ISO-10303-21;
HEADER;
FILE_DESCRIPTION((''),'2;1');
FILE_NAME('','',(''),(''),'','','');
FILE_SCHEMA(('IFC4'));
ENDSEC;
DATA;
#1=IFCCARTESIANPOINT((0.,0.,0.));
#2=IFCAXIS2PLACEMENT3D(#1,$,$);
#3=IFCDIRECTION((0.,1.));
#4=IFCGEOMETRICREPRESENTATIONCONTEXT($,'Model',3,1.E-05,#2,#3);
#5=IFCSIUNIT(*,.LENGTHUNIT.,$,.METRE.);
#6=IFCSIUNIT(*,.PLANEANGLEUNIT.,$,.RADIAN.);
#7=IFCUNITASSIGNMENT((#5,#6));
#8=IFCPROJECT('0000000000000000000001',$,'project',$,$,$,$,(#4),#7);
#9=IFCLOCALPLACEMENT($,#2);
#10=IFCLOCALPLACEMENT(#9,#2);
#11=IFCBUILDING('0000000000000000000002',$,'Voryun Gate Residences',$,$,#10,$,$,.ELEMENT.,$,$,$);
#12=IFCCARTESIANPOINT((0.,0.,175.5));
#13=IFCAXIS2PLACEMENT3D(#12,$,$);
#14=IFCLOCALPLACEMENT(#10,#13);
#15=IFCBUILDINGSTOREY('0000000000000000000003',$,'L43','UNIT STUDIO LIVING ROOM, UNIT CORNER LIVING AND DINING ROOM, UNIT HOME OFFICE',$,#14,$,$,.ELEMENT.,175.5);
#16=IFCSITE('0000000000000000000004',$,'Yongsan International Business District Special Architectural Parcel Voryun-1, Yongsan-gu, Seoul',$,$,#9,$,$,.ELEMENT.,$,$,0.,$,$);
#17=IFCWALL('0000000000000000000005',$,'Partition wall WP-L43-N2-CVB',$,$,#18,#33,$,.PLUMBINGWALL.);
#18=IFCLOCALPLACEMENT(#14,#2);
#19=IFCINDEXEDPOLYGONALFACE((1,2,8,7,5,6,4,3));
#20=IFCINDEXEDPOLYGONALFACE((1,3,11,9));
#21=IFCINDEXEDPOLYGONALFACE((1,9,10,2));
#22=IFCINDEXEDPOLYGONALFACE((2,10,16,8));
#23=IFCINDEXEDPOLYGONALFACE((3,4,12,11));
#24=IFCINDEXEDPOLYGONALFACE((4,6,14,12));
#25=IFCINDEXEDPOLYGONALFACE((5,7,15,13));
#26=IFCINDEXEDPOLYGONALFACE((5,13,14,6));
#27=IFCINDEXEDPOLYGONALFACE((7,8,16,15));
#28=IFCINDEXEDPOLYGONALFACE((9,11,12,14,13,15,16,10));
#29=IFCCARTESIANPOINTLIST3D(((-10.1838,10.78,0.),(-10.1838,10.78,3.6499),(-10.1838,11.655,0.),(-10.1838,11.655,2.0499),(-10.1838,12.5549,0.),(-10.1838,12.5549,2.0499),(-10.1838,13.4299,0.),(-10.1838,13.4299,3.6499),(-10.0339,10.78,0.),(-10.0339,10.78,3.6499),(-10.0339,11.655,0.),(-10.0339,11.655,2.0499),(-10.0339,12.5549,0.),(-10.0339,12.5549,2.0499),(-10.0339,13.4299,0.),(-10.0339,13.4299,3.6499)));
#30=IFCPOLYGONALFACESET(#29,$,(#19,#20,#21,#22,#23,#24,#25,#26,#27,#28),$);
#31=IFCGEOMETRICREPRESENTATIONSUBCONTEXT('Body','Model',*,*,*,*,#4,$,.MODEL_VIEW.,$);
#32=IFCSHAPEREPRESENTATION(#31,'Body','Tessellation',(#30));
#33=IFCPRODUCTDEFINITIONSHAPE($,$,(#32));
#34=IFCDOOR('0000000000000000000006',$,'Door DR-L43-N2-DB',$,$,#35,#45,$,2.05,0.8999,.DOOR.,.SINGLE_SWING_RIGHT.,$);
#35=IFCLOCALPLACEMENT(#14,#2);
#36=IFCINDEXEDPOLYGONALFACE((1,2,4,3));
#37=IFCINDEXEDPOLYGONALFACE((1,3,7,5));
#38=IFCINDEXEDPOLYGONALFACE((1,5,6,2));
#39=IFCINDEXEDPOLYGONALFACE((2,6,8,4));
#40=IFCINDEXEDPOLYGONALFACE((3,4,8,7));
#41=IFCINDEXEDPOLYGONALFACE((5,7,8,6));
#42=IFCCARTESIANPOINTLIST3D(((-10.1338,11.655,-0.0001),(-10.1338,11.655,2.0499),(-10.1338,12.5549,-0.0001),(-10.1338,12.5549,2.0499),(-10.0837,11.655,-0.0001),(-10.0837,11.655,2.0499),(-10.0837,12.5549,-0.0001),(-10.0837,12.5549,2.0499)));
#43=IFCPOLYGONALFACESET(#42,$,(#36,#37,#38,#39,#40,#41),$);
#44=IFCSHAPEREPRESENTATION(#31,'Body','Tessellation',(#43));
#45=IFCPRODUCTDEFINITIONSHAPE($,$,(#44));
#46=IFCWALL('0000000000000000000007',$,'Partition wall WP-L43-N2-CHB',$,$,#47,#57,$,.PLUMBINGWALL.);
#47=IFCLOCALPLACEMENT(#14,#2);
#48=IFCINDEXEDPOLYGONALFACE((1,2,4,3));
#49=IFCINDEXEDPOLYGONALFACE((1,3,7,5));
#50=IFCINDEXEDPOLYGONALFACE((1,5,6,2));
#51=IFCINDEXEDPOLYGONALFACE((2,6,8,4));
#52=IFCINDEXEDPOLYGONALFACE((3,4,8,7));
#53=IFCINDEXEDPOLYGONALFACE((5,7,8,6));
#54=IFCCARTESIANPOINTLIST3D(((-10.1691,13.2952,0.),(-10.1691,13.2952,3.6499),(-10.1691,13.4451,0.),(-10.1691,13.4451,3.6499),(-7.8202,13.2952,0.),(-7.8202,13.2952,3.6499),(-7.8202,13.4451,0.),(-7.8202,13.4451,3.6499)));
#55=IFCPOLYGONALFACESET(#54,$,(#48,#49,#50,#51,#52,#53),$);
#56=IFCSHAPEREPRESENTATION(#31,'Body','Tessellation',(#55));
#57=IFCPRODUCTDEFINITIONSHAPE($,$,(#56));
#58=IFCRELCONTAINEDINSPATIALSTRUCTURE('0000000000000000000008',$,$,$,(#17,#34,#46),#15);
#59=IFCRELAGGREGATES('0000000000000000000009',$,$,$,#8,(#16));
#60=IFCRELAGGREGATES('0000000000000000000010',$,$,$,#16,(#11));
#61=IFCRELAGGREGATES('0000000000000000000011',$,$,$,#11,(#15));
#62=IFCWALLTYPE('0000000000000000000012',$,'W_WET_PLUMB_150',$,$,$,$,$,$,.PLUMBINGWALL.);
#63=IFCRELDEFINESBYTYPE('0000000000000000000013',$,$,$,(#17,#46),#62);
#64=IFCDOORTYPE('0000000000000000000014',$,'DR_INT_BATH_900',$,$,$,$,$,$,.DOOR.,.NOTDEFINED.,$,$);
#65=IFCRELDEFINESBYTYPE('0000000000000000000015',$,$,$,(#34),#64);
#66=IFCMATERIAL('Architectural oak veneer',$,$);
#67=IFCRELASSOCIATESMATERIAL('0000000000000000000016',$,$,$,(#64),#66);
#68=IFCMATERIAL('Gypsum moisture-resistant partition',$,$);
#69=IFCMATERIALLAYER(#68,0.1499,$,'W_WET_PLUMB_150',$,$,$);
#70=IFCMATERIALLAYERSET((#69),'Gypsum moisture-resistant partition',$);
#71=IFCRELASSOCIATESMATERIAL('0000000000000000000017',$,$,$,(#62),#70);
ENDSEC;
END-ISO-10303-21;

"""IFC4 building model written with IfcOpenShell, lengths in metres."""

from ifc_helpers import new_model, si_unit, direction, frame, frame_2d, origin, place, context, subcontext, project, spatial, rectangle, extrude, material, layer, layer_set, type_object, element, fill, save


model = new_model("IFC4")

# Units and contexts
model_context = context("Model", 3, precision=1e-05, world=origin(), true_north=direction((0.0, 1.0)))
body_context = subcontext(model_context, "Body", "Model", "MODEL_VIEW")
ifc_project = project(units=[si_unit("LENGTHUNIT", "METRE"), si_unit("PLANEANGLEUNIT", "RADIAN")], contexts=[model_context])

# Site, building, storey
site_placement = place(None, origin())
site = spatial("IfcSite", under=ifc_project, at=site_placement, Name="Yongsan International Business District Special Architectural Parcel Voryun-1, Yongsan-gu, Seoul", CompositionType="ELEMENT", RefElevation=0.0)
building_placement = place(site_placement, origin())
building = spatial("IfcBuilding", under=site, at=building_placement, Name="Voryun Gate Residences", CompositionType="ELEMENT")
storey_placement = place(building_placement, frame((0.0, 0.0, 175.5)))
storey = spatial("IfcBuildingStorey", under=building, at=storey_placement, Name="L43", Description="UNIT STUDIO LIVING ROOM, UNIT CORNER LIVING AND DINING ROOM, UNIT HOME OFFICE", CompositionType="ELEMENT", Elevation=175.5)

# Shared definitions
ifc_material_1 = material(Name="Architectural oak veneer")
door_type = type_object("IfcDoorType", Name="DR_INT_BATH_900", OperationType="NOTDEFINED", PredefinedType="DOOR", material=ifc_material_1)

# Wall, opening, door
ifc_material_2 = material(Name="Gypsum moisture-resistant partition")
ifc_layer_1 = layer(ifc_material_2, 0.1499, Name="W_WET_PLUMB_150")
ifc_layer_set_1 = layer_set([ifc_layer_1], Name="Gypsum moisture-resistant partition")
wall_type_1 = type_object("IfcWallType", Name="W_WET_PLUMB_150", PredefinedType="PLUMBINGWALL", material=ifc_layer_set_1)
wall_1_placement = place(storey_placement, frame((-10.1089, 10.78, 0.0), z_axis=(0.0, 0.0, 1.0), x_axis=(0.0, 1.0, 0.0)))
wall_1 = element("IfcWall", 1, at=wall_1_placement, inside=storey, type_object=wall_type_1, Name="Partition wall WP-L43-N2-CVB", PredefinedType="PLUMBINGWALL", context=body_context, shape_type="SweptSolid", body=[
    extrude(rectangle(XDim=2.6499, YDim=0.1499, at=frame_2d((1.325, 0.0))), origin(), (0.0, 0.0, 1.0), 3.6499),
])
opening_1_placement = place(wall_1_placement, frame((0.875, 0.0, 0.0)))
opening_1 = element("IfcOpeningElement", 2, at=opening_1_placement, cuts=wall_1, PredefinedType="OPENING", context=body_context, shape_type="SweptSolid", body=[
    extrude(rectangle(XDim=0.8999, YDim=2.05, at=frame_2d((0.45, 1.0249))), frame((0.0, 0.085, 0.0), z_axis=(0.0, -1.0, 0.0), x_axis=(1.0, 0.0, 0.0)), (0.0, 0.0, 1.0), 0.1699),
])
door_1_placement = place(opening_1_placement, origin())
door_1 = element("IfcDoor", 3, at=door_1_placement, inside=storey, type_object=door_type, Name="Door DR-L43-N2-DB", OperationType="SINGLE_SWING_RIGHT", OverallHeight=2.05, OverallWidth=0.8999, PredefinedType="DOOR", context=body_context, shape_type="SweptSolid", body=[
    extrude(rectangle(XDim=0.8999, YDim=2.05, at=frame_2d((0.45, 1.0249))), frame((0.0, 0.0249, 0.0), z_axis=(0.0, -1.0, 0.0), x_axis=(1.0, 0.0, 0.0)), (0.0, 0.0, 1.0), 0.05),
])
fill(opening_1, door_1)

# Wall
wall_2_placement = place(storey_placement, frame((-10.1689, 13.3701, 0.0), z_axis=(0.0, 0.0, 1.0), x_axis=(1.0, 0.0, 0.0)))
element("IfcWall", 4, at=wall_2_placement, inside=storey, type_object=wall_type_1, Name="Partition wall WP-L43-N2-CHB", PredefinedType="PLUMBINGWALL", context=body_context, shape_type="SweptSolid", body=[
    extrude(rectangle(XDim=2.3489, YDim=0.1499, at=frame_2d((1.1743, 0.0))), origin(), (0.0, 0.0, 1.0), 3.6499),
])

save(model, "model.ifc")
